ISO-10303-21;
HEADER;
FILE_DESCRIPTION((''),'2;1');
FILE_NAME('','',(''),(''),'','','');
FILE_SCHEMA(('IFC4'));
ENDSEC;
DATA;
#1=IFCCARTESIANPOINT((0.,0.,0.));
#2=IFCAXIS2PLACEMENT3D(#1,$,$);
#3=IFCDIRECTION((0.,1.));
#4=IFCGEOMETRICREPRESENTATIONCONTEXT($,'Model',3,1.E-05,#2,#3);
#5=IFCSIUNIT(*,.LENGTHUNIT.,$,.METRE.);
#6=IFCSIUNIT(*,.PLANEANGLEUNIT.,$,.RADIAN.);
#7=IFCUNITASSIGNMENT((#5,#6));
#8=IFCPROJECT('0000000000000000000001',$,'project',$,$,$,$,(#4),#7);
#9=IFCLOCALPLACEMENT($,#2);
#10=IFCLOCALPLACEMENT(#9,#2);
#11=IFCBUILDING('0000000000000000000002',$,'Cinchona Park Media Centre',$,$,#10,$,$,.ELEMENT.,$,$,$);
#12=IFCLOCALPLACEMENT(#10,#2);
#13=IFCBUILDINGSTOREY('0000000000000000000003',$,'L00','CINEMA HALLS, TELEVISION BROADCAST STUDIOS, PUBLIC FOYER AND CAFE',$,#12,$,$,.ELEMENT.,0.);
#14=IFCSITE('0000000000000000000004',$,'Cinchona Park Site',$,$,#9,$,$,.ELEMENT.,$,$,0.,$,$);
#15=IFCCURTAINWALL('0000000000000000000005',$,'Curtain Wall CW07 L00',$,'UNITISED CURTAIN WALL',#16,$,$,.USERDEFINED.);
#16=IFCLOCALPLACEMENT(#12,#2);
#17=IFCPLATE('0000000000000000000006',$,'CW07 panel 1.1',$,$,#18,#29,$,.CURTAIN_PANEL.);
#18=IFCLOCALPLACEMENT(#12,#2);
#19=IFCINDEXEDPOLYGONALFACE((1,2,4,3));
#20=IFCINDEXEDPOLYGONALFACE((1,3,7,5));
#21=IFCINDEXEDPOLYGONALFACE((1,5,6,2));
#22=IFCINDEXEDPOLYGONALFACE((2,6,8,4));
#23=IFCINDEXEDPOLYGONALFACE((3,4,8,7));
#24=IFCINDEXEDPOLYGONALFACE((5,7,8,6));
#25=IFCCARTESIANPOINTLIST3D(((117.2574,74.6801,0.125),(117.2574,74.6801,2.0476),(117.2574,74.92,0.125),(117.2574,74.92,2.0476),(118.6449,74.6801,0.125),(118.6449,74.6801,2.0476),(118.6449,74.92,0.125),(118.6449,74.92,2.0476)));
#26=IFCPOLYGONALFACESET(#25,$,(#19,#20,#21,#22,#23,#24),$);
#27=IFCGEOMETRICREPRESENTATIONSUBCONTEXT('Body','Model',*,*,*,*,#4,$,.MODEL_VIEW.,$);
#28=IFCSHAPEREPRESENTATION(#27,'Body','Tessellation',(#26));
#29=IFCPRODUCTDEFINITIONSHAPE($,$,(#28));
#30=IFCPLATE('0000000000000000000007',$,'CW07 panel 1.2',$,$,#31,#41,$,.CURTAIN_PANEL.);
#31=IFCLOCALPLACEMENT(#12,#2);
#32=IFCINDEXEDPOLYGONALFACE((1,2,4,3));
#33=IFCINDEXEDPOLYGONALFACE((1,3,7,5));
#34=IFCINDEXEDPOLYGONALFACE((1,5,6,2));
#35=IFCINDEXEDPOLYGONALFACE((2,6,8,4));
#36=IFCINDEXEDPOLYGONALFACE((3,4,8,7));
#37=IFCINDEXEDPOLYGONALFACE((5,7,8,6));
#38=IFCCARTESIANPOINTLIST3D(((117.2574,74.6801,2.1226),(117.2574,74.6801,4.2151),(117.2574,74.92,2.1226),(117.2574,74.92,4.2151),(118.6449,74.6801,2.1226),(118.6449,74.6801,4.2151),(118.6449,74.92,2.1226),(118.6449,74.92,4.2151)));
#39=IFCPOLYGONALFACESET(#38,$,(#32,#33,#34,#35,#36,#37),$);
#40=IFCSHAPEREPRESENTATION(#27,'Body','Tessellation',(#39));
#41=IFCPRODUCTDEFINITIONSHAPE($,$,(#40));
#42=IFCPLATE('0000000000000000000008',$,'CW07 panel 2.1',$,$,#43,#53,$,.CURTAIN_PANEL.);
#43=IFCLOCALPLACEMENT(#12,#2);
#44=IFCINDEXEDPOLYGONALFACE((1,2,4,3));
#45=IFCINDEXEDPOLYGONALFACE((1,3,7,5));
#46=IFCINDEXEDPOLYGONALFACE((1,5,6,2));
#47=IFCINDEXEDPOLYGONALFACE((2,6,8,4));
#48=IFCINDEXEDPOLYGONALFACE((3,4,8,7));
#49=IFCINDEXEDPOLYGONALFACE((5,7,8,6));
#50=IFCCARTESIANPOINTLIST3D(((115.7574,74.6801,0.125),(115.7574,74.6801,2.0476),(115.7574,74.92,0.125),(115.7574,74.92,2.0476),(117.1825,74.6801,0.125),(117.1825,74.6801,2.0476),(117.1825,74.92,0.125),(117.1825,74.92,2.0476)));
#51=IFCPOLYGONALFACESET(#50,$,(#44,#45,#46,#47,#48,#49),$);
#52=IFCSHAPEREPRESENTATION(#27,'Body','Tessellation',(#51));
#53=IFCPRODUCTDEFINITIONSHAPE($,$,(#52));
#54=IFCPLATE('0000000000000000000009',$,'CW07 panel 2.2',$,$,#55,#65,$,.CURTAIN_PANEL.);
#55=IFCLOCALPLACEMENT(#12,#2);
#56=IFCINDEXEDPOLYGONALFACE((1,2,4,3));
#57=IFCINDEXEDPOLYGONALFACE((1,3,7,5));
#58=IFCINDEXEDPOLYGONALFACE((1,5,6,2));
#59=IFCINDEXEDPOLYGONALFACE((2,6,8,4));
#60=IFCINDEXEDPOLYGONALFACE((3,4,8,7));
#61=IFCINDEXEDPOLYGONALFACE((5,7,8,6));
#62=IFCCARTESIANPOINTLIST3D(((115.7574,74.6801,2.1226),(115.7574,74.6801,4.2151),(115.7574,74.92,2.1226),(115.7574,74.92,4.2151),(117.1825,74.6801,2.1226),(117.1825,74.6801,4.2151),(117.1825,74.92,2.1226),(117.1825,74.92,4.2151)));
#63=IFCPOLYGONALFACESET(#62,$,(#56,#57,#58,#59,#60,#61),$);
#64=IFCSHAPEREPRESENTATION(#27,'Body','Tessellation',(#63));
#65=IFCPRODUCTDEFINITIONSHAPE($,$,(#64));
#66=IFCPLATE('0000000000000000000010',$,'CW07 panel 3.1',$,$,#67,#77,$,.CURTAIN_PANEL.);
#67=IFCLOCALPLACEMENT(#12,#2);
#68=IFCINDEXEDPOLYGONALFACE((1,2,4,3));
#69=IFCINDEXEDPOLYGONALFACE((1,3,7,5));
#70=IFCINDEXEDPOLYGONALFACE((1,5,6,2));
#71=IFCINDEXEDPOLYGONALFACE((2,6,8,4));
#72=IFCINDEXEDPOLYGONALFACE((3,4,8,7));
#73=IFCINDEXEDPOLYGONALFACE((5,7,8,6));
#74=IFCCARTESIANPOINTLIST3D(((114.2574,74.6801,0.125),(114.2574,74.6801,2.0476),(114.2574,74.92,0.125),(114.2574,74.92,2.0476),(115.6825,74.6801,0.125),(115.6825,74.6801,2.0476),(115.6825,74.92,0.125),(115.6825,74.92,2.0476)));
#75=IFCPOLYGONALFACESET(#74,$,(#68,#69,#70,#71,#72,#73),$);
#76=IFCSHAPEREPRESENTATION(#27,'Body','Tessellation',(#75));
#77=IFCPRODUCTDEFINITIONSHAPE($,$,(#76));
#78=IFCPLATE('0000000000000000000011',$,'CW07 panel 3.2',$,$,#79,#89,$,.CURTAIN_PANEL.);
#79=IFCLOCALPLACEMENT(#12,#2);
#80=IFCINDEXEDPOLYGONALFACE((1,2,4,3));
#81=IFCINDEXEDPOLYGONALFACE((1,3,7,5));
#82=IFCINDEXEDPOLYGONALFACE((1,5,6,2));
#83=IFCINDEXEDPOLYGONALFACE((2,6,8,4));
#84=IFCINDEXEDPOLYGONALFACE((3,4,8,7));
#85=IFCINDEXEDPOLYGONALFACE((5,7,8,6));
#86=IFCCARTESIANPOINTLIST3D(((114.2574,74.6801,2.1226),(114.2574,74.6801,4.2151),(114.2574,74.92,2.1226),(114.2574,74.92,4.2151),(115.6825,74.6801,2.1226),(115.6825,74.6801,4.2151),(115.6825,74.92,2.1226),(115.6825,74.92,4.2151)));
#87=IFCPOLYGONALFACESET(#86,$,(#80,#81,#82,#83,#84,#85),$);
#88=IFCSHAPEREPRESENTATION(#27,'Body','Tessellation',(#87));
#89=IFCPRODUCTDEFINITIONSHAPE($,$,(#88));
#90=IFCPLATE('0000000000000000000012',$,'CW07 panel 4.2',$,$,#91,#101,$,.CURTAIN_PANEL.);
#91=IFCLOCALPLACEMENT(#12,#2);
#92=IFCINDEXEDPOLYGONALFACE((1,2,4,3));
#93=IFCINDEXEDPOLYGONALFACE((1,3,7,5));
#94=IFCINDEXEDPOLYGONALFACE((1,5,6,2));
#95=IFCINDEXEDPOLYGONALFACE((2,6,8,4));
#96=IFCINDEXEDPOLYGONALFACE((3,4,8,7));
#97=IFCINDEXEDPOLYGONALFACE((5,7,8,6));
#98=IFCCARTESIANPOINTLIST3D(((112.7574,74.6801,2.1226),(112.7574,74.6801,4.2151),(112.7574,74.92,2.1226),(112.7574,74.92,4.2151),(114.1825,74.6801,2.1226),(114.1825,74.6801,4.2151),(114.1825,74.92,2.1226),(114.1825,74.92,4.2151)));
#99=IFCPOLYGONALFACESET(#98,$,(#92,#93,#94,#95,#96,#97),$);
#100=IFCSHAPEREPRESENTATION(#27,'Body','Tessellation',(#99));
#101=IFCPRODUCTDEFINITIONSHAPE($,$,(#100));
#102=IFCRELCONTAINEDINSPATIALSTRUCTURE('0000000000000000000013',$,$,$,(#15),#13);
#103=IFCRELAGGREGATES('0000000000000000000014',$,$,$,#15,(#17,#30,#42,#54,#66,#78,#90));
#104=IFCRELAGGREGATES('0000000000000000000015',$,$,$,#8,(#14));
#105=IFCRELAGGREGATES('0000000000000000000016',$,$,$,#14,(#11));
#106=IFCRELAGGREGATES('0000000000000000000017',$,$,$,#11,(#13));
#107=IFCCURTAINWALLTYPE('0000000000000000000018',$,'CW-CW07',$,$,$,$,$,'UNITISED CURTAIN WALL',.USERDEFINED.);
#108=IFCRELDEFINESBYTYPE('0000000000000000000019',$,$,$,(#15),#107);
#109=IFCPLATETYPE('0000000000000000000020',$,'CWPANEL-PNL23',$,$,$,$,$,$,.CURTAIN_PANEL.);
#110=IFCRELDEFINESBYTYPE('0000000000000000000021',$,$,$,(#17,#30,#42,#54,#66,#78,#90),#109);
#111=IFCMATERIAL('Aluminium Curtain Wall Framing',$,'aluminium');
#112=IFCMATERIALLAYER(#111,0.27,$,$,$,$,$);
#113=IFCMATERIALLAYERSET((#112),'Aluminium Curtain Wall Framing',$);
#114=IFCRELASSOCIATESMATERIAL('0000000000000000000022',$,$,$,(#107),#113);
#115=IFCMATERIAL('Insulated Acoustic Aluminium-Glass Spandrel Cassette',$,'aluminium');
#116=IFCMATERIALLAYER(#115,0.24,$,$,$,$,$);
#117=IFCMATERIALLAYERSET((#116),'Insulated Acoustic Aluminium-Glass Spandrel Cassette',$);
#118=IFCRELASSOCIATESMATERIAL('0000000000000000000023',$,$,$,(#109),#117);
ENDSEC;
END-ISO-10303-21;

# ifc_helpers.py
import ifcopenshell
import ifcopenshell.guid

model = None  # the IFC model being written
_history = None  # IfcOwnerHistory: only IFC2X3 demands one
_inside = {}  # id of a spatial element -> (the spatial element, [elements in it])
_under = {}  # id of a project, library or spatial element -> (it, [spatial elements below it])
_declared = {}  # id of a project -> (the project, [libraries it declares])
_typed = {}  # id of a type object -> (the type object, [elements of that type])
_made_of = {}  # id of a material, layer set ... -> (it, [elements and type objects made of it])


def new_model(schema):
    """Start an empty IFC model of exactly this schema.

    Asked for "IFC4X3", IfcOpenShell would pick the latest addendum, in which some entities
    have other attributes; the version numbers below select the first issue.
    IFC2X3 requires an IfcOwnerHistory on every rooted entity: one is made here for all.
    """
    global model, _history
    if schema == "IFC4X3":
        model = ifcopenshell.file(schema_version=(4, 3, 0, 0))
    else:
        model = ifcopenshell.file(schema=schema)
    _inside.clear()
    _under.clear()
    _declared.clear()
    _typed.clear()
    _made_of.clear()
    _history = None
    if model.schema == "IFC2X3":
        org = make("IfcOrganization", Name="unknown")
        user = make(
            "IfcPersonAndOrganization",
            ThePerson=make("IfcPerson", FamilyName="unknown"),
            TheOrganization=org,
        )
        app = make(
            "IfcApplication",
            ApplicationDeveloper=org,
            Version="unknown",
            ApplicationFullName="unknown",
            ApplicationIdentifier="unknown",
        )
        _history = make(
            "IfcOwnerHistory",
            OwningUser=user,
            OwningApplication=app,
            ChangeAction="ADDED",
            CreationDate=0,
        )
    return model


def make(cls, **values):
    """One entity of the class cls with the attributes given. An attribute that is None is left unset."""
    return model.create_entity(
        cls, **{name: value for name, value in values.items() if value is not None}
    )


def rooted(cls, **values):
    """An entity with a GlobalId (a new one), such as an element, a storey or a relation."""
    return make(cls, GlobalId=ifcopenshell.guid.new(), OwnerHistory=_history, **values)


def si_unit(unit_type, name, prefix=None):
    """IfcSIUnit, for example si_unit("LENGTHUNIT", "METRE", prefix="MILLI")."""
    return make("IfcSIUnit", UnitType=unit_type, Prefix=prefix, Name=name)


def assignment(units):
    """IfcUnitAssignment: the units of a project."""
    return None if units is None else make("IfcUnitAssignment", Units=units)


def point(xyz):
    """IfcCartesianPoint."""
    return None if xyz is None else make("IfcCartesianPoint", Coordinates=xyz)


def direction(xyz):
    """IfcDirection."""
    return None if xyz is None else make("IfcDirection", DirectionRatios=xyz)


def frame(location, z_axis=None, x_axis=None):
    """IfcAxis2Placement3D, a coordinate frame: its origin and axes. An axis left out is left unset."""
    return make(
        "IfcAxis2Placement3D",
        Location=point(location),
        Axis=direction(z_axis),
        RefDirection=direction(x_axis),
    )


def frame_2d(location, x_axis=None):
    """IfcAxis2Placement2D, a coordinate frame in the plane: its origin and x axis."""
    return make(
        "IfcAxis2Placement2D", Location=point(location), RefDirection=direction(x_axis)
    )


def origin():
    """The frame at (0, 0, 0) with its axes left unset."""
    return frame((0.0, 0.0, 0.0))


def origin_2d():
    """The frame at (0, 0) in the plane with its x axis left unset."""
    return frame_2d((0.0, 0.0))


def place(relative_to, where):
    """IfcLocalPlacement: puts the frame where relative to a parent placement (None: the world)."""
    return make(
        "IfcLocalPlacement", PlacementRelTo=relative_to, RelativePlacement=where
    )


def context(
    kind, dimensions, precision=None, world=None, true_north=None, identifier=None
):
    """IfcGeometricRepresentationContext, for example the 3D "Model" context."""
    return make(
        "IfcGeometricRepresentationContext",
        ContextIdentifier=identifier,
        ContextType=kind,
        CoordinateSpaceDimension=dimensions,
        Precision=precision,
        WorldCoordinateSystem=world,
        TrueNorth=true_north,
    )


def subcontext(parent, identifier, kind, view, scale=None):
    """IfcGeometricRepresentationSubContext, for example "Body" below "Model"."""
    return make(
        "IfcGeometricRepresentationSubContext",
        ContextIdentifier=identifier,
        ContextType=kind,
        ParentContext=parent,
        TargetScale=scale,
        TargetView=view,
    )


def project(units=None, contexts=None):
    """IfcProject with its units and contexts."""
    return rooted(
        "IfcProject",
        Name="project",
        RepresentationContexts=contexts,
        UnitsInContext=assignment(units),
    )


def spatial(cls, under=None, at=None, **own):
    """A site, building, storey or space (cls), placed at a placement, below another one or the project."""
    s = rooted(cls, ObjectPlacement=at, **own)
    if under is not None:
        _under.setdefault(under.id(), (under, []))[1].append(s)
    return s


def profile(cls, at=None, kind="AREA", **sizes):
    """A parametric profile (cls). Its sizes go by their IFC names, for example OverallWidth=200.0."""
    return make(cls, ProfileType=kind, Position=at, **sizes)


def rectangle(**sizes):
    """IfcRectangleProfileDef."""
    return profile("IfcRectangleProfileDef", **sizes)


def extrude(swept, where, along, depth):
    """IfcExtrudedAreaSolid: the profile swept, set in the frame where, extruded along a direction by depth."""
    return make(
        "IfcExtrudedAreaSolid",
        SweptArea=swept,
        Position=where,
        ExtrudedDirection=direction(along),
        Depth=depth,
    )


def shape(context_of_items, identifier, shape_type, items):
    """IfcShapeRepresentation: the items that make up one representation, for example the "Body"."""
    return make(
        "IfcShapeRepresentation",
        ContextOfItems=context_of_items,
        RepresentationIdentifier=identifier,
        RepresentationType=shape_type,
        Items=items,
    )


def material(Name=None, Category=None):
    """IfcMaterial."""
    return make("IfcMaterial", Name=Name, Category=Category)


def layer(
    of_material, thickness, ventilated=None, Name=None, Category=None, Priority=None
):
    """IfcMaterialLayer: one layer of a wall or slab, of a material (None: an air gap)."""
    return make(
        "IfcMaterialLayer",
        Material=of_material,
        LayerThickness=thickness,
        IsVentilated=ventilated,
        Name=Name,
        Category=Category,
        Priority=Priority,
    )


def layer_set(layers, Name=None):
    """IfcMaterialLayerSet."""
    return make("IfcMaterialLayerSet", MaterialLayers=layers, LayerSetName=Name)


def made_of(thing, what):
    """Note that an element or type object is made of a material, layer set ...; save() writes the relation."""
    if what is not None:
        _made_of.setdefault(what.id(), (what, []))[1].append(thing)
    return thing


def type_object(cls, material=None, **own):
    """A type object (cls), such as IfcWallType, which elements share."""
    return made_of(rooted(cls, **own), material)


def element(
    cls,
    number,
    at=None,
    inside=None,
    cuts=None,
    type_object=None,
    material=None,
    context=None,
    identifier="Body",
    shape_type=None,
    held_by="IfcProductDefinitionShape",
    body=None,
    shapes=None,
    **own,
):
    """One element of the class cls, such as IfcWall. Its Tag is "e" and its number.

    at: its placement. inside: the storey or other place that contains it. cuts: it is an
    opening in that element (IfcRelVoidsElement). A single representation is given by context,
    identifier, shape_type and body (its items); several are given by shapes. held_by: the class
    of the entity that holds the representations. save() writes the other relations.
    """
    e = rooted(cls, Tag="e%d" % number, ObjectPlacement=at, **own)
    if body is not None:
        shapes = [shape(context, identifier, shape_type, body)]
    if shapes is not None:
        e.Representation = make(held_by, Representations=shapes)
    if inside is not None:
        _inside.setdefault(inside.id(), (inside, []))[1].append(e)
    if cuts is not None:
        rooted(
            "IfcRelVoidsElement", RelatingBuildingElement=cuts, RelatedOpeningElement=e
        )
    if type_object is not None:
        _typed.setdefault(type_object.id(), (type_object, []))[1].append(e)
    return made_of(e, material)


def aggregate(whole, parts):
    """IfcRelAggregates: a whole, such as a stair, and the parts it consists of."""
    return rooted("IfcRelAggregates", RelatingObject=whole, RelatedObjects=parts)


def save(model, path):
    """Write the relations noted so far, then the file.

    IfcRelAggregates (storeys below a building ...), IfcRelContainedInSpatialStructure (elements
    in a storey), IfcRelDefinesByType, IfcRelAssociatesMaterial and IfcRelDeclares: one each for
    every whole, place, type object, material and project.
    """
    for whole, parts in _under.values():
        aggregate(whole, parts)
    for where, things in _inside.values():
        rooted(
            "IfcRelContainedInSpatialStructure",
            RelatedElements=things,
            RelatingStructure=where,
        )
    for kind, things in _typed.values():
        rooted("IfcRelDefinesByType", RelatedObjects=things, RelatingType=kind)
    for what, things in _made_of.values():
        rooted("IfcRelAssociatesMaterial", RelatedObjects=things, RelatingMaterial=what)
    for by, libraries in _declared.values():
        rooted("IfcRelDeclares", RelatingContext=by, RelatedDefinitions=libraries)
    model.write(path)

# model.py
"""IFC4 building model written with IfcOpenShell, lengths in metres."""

from ifc_helpers import new_model, si_unit, direction, frame, origin, origin_2d, place, context, subcontext, project, spatial, rectangle, extrude, material, layer, layer_set, type_object, element, aggregate, save


model = new_model("IFC4")

# Units and contexts
model_context = context("Model", 3, precision=1e-05, world=origin(), true_north=direction((0.0, 1.0)))
body_context = subcontext(model_context, "Body", "Model", "MODEL_VIEW")
ifc_project = project(units=[si_unit("LENGTHUNIT", "METRE"), si_unit("PLANEANGLEUNIT", "RADIAN")], contexts=[model_context])

# Site, building, storey
site_placement = place(None, origin())
site = spatial("IfcSite", under=ifc_project, at=site_placement, Name="Cinchona Park Site", CompositionType="ELEMENT", RefElevation=0.0)
building_placement = place(site_placement, origin())
building = spatial("IfcBuilding", under=site, at=building_placement, Name="Cinchona Park Media Centre", CompositionType="ELEMENT")
storey_placement = place(building_placement, origin())
storey = spatial("IfcBuildingStorey", under=building, at=storey_placement, Name="L00", Description="CINEMA HALLS, TELEVISION BROADCAST STUDIOS, PUBLIC FOYER AND CAFE", CompositionType="ELEMENT", Elevation=0.0)

# Curtain wall, plates
ifc_material_1 = material(Name="Aluminium Curtain Wall Framing", Category="aluminium")
ifc_layer_1 = layer(ifc_material_1, 0.27)
ifc_layer_set_1 = layer_set([ifc_layer_1], Name="Aluminium Curtain Wall Framing")
curtain_wall_type = type_object("IfcCurtainWallType", Name="CW-CW07", ElementType="UNITISED CURTAIN WALL", PredefinedType="USERDEFINED", material=ifc_layer_set_1)
curtain_wall_placement = place(storey_placement, origin())
curtain_wall = element("IfcCurtainWall", 1, at=curtain_wall_placement, inside=storey, type_object=curtain_wall_type, Name="Curtain Wall CW07 L00", ObjectType="UNITISED CURTAIN WALL", PredefinedType="USERDEFINED")
ifc_material_2 = material(Name="Insulated Acoustic Aluminium-Glass Spandrel Cassette", Category="aluminium")
ifc_layer_2 = layer(ifc_material_2, 0.24)
ifc_layer_set_2 = layer_set([ifc_layer_2], Name="Insulated Acoustic Aluminium-Glass Spandrel Cassette")
plate_type = type_object("IfcPlateType", Name="CWPANEL-PNL23", PredefinedType="CURTAIN_PANEL", material=ifc_layer_set_2)
plate_1_placement = place(storey_placement, frame((117.9512, 74.8, 0.125), z_axis=(0.0, 0.0, 1.0), x_axis=(-1.0, 0.0, 0.0)))
plate_1 = element("IfcPlate", 2, at=plate_1_placement, type_object=plate_type, Name="CW07 panel 1.1", PredefinedType="CURTAIN_PANEL", context=body_context, shape_type="SweptSolid", body=[
    extrude(rectangle(XDim=1.3875, YDim=0.24, at=origin_2d()), origin(), (0.0, 0.0, 1.0), 1.9226),
])
plate_2_placement = place(storey_placement, frame((117.9512, 74.8, 2.1226), z_axis=(0.0, 0.0, 1.0), x_axis=(-1.0, 0.0, 0.0)))
plate_2 = element("IfcPlate", 3, at=plate_2_placement, type_object=plate_type, Name="CW07 panel 1.2", PredefinedType="CURTAIN_PANEL", context=body_context, shape_type="SweptSolid", body=[
    extrude(rectangle(XDim=1.3875, YDim=0.24, at=origin_2d()), origin(), (0.0, 0.0, 1.0), 2.0925),
])
plate_3_placement = place(storey_placement, frame((116.47, 74.8, 0.125), z_axis=(0.0, 0.0, 1.0), x_axis=(-1.0, 0.0, 0.0)))
plate_3 = element("IfcPlate", 4, at=plate_3_placement, type_object=plate_type, Name="CW07 panel 2.1", PredefinedType="CURTAIN_PANEL", context=body_context, shape_type="SweptSolid", body=[
    extrude(rectangle(XDim=1.425, YDim=0.24, at=origin_2d()), origin(), (0.0, 0.0, 1.0), 1.9226),
])
plate_4_placement = place(storey_placement, frame((116.47, 74.8, 2.1226), z_axis=(0.0, 0.0, 1.0), x_axis=(-1.0, 0.0, 0.0)))
plate_4 = element("IfcPlate", 5, at=plate_4_placement, type_object=plate_type, Name="CW07 panel 2.2", PredefinedType="CURTAIN_PANEL", context=body_context, shape_type="SweptSolid", body=[
    extrude(rectangle(XDim=1.425, YDim=0.24, at=origin_2d()), origin(), (0.0, 0.0, 1.0), 2.0925),
])
plate_5_placement = place(storey_placement, frame((114.97, 74.8, 0.125), z_axis=(0.0, 0.0, 1.0), x_axis=(-1.0, 0.0, 0.0)))
plate_5 = element("IfcPlate", 6, at=plate_5_placement, type_object=plate_type, Name="CW07 panel 3.1", PredefinedType="CURTAIN_PANEL", context=body_context, shape_type="SweptSolid", body=[
    extrude(rectangle(XDim=1.425, YDim=0.24, at=origin_2d()), origin(), (0.0, 0.0, 1.0), 1.9226),
])
plate_6_placement = place(storey_placement, frame((114.97, 74.8, 2.1226), z_axis=(0.0, 0.0, 1.0), x_axis=(-1.0, 0.0, 0.0)))
plate_6 = element("IfcPlate", 7, at=plate_6_placement, type_object=plate_type, Name="CW07 panel 3.2", PredefinedType="CURTAIN_PANEL", context=body_context, shape_type="SweptSolid", body=[
    extrude(rectangle(XDim=1.425, YDim=0.24, at=origin_2d()), origin(), (0.0, 0.0, 1.0), 2.0925),
])
plate_7_placement = place(storey_placement, frame((113.47, 74.8, 2.1226), z_axis=(0.0, 0.0, 1.0), x_axis=(-1.0, 0.0, 0.0)))
plate_7 = element("IfcPlate", 8, at=plate_7_placement, type_object=plate_type, Name="CW07 panel 4.2", PredefinedType="CURTAIN_PANEL", context=body_context, shape_type="SweptSolid", body=[
    extrude(rectangle(XDim=1.425, YDim=0.24, at=origin_2d()), origin(), (0.0, 0.0, 1.0), 2.0925),
])
aggregate(curtain_wall, [plate_1, plate_2, plate_3, plate_4, plate_5, plate_6, plate_7])

save(model, "model.ifc")
